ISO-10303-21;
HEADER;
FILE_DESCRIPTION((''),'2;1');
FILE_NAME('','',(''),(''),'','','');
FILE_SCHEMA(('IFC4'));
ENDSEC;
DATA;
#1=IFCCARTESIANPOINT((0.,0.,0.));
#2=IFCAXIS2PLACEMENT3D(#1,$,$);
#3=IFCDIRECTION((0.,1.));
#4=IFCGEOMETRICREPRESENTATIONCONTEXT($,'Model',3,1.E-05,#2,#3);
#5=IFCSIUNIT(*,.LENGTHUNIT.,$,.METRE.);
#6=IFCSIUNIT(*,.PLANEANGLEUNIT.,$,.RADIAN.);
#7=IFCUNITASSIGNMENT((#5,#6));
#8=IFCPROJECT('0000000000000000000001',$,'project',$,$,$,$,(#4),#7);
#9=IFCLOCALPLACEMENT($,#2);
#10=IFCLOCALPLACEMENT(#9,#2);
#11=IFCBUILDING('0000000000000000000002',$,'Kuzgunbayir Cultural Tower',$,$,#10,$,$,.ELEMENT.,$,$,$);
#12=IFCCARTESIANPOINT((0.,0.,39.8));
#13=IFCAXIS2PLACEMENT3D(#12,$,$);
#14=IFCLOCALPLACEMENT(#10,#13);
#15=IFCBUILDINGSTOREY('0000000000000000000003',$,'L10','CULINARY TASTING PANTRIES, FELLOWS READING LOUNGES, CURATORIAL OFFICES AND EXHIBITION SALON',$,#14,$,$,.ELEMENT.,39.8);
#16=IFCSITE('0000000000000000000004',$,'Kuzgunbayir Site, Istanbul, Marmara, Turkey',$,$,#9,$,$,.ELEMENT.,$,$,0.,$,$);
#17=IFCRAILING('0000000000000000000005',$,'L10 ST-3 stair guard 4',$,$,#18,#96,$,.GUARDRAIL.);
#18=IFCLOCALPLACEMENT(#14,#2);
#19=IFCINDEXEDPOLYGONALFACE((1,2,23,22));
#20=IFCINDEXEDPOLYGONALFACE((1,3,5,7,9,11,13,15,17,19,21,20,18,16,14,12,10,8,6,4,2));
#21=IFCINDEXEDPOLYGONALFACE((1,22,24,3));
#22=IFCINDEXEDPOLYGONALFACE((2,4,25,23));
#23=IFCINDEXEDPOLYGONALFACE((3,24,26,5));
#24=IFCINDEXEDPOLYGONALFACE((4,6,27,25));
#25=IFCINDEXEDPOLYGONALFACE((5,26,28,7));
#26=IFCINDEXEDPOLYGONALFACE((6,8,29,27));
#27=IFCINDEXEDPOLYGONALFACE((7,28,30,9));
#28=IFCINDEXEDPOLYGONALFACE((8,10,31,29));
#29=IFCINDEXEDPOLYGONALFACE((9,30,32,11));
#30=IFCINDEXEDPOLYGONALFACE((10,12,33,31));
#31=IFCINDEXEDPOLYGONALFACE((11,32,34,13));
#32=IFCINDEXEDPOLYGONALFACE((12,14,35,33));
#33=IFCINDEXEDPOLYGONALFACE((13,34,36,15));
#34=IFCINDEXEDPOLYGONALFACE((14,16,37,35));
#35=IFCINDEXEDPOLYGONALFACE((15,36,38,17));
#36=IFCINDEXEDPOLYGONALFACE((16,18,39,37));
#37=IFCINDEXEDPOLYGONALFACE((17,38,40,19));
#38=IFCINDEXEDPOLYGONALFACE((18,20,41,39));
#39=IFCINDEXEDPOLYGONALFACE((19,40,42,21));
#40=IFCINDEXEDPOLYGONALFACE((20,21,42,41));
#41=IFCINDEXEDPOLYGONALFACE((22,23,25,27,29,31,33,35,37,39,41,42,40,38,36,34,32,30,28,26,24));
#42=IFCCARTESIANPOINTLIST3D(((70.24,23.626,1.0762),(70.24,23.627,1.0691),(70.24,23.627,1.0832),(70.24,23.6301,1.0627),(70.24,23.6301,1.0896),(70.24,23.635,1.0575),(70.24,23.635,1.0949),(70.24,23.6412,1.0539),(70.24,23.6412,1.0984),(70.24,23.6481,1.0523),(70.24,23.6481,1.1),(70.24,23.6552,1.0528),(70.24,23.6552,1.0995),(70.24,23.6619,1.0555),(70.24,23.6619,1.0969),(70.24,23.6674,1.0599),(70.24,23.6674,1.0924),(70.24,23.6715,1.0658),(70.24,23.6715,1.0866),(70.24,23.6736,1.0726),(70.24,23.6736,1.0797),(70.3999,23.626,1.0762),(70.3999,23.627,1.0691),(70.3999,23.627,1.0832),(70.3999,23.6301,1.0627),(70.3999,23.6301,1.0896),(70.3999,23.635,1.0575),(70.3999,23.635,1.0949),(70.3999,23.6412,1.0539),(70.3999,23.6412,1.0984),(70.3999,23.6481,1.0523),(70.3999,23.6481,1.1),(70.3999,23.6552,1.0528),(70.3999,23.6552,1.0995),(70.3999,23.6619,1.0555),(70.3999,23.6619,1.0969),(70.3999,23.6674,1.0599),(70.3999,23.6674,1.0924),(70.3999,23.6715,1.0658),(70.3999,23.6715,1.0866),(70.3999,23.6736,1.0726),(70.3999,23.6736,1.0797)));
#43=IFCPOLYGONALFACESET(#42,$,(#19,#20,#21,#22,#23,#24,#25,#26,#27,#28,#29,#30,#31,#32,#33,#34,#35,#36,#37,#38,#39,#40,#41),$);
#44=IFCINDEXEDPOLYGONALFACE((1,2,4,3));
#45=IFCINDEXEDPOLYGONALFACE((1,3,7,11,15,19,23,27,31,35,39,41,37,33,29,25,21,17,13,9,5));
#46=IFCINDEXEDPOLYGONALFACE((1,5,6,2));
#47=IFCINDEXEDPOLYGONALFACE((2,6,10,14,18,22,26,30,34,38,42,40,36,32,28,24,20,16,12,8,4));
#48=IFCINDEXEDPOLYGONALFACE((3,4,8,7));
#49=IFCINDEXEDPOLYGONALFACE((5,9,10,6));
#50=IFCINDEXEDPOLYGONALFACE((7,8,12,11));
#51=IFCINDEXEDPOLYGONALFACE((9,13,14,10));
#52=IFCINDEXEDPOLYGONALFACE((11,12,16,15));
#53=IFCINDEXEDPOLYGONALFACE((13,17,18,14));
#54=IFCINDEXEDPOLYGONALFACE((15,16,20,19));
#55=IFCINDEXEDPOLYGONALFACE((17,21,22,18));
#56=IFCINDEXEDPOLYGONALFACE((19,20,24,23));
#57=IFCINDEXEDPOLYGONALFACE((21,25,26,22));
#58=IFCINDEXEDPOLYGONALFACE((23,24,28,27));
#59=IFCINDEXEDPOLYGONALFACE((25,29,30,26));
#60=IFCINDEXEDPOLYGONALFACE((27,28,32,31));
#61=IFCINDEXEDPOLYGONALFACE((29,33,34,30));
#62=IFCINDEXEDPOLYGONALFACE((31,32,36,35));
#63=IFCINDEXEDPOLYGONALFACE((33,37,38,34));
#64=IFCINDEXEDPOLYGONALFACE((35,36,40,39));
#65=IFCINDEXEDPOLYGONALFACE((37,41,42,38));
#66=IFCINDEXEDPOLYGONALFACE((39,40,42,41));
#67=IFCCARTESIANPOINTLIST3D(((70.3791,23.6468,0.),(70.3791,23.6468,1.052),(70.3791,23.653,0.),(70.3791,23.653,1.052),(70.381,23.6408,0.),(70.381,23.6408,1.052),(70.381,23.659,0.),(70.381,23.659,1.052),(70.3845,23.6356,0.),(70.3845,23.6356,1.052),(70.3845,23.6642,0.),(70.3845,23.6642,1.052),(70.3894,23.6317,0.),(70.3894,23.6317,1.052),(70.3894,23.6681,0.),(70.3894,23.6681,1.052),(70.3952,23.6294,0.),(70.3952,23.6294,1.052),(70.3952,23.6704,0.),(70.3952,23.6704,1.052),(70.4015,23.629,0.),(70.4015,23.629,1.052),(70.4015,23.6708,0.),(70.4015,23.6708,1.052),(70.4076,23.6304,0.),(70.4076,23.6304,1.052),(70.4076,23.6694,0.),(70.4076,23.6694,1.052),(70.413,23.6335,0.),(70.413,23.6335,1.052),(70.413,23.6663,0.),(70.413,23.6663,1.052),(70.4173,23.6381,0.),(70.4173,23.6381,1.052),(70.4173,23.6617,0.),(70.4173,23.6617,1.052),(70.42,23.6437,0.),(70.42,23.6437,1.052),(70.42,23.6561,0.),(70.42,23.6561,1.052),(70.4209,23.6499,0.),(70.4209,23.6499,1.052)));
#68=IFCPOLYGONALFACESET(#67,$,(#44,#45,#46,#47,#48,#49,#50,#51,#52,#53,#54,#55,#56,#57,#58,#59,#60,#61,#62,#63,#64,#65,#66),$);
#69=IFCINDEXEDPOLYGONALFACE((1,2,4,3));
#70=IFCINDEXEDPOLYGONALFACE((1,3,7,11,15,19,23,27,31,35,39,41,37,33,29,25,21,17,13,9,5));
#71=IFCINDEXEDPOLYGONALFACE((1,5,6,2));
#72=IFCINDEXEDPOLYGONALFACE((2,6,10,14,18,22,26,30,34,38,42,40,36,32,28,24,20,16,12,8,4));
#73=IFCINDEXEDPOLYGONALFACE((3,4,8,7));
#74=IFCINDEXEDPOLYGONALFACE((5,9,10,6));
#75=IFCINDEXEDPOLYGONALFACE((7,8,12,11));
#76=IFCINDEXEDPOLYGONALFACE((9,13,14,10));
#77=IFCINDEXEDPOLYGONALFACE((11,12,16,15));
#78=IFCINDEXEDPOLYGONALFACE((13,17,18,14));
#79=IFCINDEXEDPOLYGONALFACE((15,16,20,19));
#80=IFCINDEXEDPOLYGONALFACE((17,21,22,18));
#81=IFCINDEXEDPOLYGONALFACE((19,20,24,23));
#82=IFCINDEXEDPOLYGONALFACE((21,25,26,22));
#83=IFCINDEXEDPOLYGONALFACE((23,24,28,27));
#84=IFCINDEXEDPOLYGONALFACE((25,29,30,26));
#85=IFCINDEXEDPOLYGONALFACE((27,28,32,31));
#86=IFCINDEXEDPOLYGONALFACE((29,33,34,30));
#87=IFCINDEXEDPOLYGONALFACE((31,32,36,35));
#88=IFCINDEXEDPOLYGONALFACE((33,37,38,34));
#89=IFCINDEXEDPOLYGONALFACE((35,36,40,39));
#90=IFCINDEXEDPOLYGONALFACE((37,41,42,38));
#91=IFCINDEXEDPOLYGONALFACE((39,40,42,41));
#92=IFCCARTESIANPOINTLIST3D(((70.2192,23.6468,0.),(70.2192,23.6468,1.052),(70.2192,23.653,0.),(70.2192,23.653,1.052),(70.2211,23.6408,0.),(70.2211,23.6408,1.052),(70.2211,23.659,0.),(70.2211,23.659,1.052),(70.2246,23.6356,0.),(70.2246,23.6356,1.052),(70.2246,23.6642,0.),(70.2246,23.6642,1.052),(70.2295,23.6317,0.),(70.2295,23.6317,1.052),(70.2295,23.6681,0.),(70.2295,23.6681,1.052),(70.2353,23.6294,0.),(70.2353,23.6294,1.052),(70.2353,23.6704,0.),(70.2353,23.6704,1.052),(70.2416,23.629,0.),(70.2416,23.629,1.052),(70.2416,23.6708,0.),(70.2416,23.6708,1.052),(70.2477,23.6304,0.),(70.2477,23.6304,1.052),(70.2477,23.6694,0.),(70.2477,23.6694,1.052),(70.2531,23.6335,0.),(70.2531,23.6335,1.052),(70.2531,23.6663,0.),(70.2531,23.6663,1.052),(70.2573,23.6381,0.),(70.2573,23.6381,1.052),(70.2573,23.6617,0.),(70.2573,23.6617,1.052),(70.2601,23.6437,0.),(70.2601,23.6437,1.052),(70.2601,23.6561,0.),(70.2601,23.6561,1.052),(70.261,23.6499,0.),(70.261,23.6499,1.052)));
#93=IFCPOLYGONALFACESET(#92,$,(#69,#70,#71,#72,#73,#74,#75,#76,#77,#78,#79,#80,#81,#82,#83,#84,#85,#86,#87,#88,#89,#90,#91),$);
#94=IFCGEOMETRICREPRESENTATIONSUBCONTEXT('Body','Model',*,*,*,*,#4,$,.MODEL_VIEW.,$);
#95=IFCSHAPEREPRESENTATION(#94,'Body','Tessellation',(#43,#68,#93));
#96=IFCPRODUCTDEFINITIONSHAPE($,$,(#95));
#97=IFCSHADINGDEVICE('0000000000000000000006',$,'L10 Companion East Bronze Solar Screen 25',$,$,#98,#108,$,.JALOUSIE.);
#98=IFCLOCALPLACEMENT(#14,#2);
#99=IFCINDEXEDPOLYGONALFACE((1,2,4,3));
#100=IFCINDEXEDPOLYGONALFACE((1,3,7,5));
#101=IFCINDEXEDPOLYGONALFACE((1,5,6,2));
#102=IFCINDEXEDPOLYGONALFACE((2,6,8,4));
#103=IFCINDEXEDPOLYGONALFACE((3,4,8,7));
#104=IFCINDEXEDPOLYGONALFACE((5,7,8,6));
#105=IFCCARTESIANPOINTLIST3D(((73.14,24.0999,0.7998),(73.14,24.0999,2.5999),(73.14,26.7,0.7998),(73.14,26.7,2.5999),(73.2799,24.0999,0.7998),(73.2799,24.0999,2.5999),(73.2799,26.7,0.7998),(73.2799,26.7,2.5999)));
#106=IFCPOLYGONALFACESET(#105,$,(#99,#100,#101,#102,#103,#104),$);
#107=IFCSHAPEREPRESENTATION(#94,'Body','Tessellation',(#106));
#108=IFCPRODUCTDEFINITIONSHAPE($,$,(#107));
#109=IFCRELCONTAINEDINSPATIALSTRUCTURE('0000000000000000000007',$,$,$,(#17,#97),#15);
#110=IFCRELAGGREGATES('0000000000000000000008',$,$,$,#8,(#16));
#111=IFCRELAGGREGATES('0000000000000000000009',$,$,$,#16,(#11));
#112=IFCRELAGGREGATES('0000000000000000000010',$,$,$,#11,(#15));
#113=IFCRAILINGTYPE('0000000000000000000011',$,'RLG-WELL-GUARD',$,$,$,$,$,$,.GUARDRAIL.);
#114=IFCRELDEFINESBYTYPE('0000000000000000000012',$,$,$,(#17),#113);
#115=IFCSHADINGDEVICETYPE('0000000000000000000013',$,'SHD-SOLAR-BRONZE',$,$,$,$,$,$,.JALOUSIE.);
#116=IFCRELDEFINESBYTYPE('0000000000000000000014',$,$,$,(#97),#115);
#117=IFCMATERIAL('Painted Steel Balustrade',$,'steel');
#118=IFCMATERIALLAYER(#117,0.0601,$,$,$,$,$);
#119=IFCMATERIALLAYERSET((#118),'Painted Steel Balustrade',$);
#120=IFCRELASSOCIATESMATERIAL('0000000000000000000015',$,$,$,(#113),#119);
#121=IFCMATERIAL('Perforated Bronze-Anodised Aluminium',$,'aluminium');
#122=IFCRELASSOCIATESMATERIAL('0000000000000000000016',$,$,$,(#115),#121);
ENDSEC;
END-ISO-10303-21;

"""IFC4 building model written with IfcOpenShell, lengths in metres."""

from ifc_helpers import new_model, si_unit, direction, frame, origin, origin_2d, place, context, subcontext, project, spatial, rectangle, circle, extrude, material, layer, layer_set, type_object, element, save


model = new_model("IFC4")

# Units and contexts
model_context = context("Model", 3, precision=1e-05, world=origin(), true_north=direction((0.0, 1.0)))
body_context = subcontext(model_context, "Body", "Model", "MODEL_VIEW")
ifc_project = project(units=[si_unit("LENGTHUNIT", "METRE"), si_unit("PLANEANGLEUNIT", "RADIAN")], contexts=[model_context])

# Site, building, storey
site_placement = place(None, origin())
site = spatial("IfcSite", under=ifc_project, at=site_placement, Name="Kuzgunbayir Site, Istanbul, Marmara, Turkey", CompositionType="ELEMENT", RefElevation=0.0)
building_placement = place(site_placement, origin())
building = spatial("IfcBuilding", under=site, at=building_placement, Name="Kuzgunbayir Cultural Tower", CompositionType="ELEMENT")
storey_placement = place(building_placement, frame((0.0, 0.0, 39.8)))
storey = spatial("IfcBuildingStorey", under=building, at=storey_placement, Name="L10", Description="CULINARY TASTING PANTRIES, FELLOWS READING LOUNGES, CURATORIAL OFFICES AND EXHIBITION SALON", CompositionType="ELEMENT", Elevation=39.8)

# Railing
ifc_material_1 = material(Name="Painted Steel Balustrade", Category="steel")
ifc_layer_1 = layer(ifc_material_1, 0.0601)
ifc_layer_set_1 = layer_set([ifc_layer_1], Name="Painted Steel Balustrade")
railing_type_1 = type_object("IfcRailingType", Name="RLG-WELL-GUARD", PredefinedType="GUARDRAIL", material=ifc_layer_set_1)
railing_1_placement = place(storey_placement, frame((70.3999, 23.6499, 0.0)))
element("IfcRailing", 1, at=railing_1_placement, inside=storey, type_object=railing_type_1, Name="L10 ST-3 stair guard 4", PredefinedType="GUARDRAIL", context=body_context, shape_type="SweptSolid", body=[
    extrude(circle(Radius=0.0239, at=origin_2d()), frame((0.0, 0.0, 1.0762), z_axis=(-1.0, 0.0, 0.0), x_axis=(0.0, -1.0, 0.0)), (0.0, 0.0, 1.0), 0.1599),
    extrude(circle(Radius=0.021, at=origin_2d()), origin(), (0.0, 0.0, 1.0), 1.052),
    extrude(circle(Radius=0.021, at=origin_2d()), frame((-0.1599, 0.0, 0.0)), (0.0, 0.0, 1.0), 1.052),
])

# Shading device
ifc_material_2 = material(Name="Perforated Bronze-Anodised Aluminium", Category="aluminium")
shading_device_type = type_object("IfcShadingDeviceType", Name="SHD-SOLAR-BRONZE", PredefinedType="JALOUSIE", material=ifc_material_2)
shading_device_placement = place(storey_placement, frame((73.21, 25.3999, 0.7998), z_axis=(0.0, 0.0, 1.0), x_axis=(1.0, 0.0, 0.0)))
element("IfcShadingDevice", 2, at=shading_device_placement, inside=storey, type_object=shading_device_type, Name="L10 Companion East Bronze Solar Screen 25", PredefinedType="JALOUSIE", context=body_context, shape_type="SweptSolid", body=[
    extrude(rectangle(XDim=0.1399, YDim=2.6001, at=origin_2d()), origin(), (0.0, 0.0, 1.0), 1.8),
])

save(model, "model.ifc")
